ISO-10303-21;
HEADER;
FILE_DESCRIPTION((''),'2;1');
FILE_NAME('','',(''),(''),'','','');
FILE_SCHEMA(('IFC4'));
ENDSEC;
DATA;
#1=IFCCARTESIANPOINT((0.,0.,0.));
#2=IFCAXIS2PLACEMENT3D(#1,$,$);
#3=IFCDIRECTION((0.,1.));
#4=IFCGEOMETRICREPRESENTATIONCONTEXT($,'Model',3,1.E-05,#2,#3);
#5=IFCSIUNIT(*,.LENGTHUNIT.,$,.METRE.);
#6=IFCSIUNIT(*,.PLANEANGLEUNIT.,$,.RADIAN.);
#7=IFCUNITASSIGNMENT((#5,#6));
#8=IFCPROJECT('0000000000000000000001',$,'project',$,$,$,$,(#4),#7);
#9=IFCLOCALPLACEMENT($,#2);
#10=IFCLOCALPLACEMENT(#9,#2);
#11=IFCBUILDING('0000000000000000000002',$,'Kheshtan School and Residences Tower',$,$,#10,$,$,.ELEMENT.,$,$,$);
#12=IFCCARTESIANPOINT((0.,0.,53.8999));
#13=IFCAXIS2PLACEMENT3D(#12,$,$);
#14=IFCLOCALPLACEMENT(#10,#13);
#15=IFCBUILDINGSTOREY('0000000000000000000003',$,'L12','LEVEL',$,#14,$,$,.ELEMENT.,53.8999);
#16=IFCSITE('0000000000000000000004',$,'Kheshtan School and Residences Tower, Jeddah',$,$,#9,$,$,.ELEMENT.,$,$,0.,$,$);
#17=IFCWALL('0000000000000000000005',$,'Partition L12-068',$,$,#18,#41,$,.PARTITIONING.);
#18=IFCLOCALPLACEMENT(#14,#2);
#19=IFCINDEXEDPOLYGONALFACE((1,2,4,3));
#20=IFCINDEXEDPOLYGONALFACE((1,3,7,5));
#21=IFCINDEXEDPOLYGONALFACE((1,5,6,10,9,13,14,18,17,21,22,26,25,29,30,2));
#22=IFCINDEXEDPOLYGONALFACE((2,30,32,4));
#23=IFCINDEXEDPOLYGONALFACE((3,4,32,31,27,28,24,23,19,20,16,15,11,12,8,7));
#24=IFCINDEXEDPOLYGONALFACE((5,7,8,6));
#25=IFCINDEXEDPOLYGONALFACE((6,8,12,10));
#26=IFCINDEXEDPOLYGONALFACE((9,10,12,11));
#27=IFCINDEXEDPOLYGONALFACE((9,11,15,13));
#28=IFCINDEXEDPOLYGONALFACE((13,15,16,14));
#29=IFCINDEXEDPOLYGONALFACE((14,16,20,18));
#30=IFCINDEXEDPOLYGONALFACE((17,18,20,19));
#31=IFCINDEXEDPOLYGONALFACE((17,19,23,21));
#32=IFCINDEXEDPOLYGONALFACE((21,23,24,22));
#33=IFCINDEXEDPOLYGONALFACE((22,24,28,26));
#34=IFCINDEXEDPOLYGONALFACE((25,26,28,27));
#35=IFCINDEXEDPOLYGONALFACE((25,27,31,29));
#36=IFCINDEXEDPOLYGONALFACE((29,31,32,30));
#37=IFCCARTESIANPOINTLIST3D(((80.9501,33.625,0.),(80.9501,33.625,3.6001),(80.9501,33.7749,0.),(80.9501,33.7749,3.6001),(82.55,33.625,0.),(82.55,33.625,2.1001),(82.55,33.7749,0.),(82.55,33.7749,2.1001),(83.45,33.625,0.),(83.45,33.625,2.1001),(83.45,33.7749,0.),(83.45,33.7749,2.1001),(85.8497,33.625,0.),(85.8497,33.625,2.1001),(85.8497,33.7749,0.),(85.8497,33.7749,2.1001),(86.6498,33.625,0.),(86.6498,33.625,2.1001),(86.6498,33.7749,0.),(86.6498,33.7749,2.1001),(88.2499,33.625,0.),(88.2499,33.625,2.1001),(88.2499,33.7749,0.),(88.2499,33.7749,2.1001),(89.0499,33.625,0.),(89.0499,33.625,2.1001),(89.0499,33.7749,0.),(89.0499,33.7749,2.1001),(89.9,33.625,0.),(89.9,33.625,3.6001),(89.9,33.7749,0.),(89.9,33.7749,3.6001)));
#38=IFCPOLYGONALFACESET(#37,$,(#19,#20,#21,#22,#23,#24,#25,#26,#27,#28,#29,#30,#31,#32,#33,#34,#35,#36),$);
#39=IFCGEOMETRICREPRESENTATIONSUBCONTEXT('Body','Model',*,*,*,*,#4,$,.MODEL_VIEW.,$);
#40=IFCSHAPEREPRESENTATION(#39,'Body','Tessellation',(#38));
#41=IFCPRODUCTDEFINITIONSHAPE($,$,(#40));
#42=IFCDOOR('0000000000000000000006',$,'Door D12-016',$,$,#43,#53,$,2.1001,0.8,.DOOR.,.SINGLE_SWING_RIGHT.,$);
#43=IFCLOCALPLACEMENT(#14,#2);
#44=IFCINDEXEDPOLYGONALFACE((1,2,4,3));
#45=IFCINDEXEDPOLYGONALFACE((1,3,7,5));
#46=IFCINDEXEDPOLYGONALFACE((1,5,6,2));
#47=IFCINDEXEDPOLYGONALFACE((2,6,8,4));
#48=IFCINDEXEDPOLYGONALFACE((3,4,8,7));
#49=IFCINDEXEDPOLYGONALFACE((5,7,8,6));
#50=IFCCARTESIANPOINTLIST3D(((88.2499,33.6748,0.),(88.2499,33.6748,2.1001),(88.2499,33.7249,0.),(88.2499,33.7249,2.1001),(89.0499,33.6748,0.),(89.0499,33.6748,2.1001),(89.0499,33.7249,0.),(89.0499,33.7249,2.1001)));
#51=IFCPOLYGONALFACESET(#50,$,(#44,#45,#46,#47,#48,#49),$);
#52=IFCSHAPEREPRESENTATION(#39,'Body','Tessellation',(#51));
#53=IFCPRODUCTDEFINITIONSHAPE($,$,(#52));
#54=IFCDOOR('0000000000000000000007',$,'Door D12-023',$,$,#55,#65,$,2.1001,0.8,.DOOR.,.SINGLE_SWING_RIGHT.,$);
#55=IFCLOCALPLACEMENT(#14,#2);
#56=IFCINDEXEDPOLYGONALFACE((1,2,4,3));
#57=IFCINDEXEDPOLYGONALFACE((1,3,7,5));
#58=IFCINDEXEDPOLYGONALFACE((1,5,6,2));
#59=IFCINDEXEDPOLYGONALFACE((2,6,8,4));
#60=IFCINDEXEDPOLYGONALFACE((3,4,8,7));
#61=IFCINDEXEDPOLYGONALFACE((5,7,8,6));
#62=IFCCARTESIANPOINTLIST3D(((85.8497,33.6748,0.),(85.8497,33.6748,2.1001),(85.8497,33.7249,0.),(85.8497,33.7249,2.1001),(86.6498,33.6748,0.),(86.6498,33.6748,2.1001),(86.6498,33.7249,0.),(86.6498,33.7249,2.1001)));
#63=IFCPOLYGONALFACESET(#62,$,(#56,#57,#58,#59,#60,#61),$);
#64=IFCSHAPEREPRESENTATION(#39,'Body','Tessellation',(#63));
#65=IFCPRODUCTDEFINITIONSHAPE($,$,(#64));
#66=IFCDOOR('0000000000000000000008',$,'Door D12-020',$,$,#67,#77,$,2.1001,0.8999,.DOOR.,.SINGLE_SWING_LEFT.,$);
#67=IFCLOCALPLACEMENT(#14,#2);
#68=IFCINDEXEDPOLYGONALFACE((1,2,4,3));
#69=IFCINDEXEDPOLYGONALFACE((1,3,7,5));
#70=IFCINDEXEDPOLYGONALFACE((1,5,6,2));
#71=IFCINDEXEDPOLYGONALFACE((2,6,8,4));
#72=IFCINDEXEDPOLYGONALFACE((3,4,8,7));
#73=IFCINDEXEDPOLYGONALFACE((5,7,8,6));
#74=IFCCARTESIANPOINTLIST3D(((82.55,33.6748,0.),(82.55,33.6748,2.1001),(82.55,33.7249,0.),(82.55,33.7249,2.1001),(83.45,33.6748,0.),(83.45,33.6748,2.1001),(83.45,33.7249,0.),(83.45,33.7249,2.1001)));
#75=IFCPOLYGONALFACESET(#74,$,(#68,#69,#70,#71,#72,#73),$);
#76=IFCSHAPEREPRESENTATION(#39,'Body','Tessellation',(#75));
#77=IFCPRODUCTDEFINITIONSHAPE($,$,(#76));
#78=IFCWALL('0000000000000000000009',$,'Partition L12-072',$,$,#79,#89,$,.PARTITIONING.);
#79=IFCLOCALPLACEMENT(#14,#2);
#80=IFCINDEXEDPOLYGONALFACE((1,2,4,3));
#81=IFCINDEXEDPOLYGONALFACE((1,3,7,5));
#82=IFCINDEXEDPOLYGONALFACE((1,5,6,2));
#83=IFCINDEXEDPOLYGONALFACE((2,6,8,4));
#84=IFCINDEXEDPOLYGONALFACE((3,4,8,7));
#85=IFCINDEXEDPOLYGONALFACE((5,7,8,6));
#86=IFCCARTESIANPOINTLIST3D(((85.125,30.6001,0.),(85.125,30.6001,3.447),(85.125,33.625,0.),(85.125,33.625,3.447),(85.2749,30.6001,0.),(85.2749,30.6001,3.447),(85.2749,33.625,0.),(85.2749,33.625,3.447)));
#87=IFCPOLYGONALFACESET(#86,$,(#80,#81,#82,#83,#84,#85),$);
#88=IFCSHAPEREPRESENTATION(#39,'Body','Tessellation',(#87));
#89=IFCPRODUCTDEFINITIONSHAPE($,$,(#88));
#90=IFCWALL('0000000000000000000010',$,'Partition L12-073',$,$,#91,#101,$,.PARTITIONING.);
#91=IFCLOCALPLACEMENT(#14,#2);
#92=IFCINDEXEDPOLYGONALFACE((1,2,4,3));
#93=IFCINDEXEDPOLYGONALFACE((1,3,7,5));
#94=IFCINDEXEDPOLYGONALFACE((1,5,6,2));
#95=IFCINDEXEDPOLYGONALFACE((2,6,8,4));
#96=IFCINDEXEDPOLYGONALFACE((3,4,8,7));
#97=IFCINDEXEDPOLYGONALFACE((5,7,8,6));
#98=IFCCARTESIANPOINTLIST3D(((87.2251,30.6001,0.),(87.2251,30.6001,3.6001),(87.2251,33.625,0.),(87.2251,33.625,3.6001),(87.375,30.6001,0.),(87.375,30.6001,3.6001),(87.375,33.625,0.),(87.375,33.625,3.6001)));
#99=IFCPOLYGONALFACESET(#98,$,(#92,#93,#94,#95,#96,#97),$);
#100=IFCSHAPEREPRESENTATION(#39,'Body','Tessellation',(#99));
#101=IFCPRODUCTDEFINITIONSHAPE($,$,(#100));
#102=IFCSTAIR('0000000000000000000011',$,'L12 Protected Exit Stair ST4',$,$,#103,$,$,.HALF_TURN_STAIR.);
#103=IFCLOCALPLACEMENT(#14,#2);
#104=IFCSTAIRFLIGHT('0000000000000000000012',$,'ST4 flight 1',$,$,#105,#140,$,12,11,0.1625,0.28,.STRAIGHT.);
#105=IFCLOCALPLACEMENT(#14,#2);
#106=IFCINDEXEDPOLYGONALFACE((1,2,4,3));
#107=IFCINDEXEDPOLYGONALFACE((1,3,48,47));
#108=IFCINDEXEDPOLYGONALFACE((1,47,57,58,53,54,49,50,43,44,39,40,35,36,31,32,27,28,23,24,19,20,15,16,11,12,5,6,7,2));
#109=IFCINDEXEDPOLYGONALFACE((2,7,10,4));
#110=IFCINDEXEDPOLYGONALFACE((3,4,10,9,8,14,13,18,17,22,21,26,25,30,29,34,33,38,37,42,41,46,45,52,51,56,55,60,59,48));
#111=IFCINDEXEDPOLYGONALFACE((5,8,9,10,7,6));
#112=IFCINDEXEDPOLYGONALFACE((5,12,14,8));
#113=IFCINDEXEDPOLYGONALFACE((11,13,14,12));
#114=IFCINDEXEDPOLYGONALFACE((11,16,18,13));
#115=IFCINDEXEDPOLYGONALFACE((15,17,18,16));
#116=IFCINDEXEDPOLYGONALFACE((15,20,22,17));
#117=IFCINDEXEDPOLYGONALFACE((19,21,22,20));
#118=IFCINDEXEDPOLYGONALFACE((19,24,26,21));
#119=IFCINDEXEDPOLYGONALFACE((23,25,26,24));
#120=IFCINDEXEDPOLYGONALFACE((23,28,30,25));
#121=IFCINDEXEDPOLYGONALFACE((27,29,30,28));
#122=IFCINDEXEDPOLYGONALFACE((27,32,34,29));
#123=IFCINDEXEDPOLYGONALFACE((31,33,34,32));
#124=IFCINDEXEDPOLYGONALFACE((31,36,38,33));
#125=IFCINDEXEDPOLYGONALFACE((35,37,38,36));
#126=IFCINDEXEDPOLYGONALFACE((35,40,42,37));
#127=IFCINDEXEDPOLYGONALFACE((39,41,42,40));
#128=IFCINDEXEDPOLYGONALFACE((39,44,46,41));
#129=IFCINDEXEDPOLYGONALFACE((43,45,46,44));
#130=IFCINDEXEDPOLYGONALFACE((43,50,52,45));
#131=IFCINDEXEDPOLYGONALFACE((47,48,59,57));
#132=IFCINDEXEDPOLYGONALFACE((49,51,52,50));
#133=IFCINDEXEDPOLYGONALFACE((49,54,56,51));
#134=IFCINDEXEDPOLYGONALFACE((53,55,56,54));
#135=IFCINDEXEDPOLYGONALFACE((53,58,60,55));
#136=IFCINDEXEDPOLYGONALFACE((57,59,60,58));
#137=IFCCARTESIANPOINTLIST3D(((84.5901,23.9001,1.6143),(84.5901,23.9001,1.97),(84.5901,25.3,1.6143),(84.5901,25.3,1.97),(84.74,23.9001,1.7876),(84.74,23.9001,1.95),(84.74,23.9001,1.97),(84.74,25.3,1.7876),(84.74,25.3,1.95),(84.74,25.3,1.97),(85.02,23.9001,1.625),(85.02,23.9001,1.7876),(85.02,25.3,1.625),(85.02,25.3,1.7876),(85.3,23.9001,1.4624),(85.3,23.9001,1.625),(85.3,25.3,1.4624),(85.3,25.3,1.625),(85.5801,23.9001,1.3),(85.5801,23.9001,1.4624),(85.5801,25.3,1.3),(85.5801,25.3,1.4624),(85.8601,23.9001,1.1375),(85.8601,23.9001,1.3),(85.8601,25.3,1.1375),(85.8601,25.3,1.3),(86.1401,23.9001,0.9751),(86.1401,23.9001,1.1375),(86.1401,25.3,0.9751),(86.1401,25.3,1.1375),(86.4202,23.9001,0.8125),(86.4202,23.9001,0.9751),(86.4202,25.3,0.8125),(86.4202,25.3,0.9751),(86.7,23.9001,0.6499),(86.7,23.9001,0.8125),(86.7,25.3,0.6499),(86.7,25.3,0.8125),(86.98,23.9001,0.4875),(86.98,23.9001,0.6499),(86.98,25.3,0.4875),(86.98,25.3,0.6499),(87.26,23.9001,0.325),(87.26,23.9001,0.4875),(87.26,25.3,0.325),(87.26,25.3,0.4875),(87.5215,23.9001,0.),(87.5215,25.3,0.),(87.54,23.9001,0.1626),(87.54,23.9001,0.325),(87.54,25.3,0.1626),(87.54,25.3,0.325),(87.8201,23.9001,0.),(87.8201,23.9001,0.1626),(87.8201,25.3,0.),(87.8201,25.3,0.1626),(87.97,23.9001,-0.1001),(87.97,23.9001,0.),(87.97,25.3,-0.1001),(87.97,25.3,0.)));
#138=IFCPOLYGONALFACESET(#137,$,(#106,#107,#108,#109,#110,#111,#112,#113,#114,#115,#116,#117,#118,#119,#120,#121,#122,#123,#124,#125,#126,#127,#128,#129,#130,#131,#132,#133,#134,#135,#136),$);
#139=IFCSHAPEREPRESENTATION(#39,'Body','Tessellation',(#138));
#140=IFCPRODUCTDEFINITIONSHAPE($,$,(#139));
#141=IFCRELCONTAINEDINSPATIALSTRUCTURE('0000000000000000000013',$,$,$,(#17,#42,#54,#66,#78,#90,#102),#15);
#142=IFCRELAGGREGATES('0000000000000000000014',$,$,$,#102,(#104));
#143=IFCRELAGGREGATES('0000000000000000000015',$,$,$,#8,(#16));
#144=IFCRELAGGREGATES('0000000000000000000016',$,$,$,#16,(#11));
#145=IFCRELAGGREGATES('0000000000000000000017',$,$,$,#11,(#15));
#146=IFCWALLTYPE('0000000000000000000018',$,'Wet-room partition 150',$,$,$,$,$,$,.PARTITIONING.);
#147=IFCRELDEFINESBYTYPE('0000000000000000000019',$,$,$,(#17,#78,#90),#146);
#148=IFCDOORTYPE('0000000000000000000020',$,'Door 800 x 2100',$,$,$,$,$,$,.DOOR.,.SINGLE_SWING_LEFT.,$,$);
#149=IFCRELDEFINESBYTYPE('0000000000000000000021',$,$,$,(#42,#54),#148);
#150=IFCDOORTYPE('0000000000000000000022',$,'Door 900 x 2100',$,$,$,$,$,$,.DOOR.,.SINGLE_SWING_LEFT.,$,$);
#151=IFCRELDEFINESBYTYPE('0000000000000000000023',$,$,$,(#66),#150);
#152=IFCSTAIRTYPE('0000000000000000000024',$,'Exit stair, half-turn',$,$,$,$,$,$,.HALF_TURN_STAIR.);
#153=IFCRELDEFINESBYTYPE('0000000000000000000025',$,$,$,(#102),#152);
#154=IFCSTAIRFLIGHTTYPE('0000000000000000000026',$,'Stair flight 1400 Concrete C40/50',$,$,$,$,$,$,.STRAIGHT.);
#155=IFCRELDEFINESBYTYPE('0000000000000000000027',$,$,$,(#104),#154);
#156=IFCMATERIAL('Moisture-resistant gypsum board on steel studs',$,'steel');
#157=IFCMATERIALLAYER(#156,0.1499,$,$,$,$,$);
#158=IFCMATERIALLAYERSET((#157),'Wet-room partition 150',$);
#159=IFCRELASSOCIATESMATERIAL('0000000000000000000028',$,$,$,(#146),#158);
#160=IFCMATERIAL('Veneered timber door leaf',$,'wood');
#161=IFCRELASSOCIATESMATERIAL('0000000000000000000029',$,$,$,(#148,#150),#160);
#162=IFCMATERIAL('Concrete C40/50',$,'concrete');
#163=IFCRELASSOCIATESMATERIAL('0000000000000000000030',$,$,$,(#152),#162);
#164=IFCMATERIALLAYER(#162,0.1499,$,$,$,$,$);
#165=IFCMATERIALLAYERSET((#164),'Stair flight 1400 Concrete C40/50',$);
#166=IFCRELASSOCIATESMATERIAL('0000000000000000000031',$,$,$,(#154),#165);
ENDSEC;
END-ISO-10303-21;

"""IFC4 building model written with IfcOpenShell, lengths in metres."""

from ifc_helpers import new_model, si_unit, direction, frame, frame_2d, origin, place, context, subcontext, project, spatial, polyline, rectangle, outline, extrude, source, transform, mapped, material, layer, layer_set, type_object, element, fill, aggregate, save


model = new_model("IFC4")

# Units and contexts
model_context = context("Model", 3, precision=1e-05, world=origin(), true_north=direction((0.0, 1.0)))
body_context = subcontext(model_context, "Body", "Model", "MODEL_VIEW")
ifc_project = project(units=[si_unit("LENGTHUNIT", "METRE"), si_unit("PLANEANGLEUNIT", "RADIAN")], contexts=[model_context])

# Site, building, storey
site_placement = place(None, origin())
site = spatial("IfcSite", under=ifc_project, at=site_placement, Name="Kheshtan School and Residences Tower, Jeddah", CompositionType="ELEMENT", RefElevation=0.0)
building_placement = place(site_placement, origin())
building = spatial("IfcBuilding", under=site, at=building_placement, Name="Kheshtan School and Residences Tower", CompositionType="ELEMENT")
storey_placement = place(building_placement, frame((0.0, 0.0, 53.8999)))
storey = spatial("IfcBuildingStorey", under=building, at=storey_placement, Name="L12", Description="LEVEL", CompositionType="ELEMENT", Elevation=53.8999)

# Shared definitions
ifc_material_1 = material(Name="Concrete C40/50", Category="concrete")

# Wall, openings, doors
ifc_material_2 = material(Name="Moisture-resistant gypsum board on steel studs", Category="steel")
ifc_layer_1 = layer(ifc_material_2, 0.1499)
ifc_layer_set_1 = layer_set([ifc_layer_1], Name="Wet-room partition 150")
wall_type_1 = type_object("IfcWallType", Name="Wet-room partition 150", PredefinedType="PARTITIONING", material=ifc_layer_set_1)
wall_1_placement = place(storey_placement, frame((80.95, 33.7, 0.0), z_axis=(0.0, 0.0, 1.0), x_axis=(1.0, 0.0, 0.0)))
wall_1 = element("IfcWall", 1, at=wall_1_placement, inside=storey, type_object=wall_type_1, Name="Partition L12-068", PredefinedType="PARTITIONING", context=body_context, shape_type="SweptSolid", body=[
    extrude(rectangle(XDim=8.95, YDim=0.1499, at=frame_2d((4.4751, 0.0))), origin(), (0.0, 0.0, 1.0), 3.6001),
])
opening_1_placement = place(wall_1_placement, frame((7.3, 0.0, 0.0)))
opening_1 = element("IfcOpeningElement", 2, at=opening_1_placement, cuts=wall_1, PredefinedType="OPENING", context=body_context, shape_type="SweptSolid", body=[
    extrude(rectangle(XDim=0.8, YDim=2.1001, at=frame_2d((0.3999, 1.05))), frame((0.0, 0.085, 0.0), z_axis=(0.0, -1.0, 0.0), x_axis=(1.0, 0.0, 0.0)), (0.0, 0.0, 1.0), 0.1699),
])
opening_2_placement = place(wall_1_placement, frame((1.6001, 0.0, 0.0)))
opening_2 = element("IfcOpeningElement", 3, at=opening_2_placement, cuts=wall_1, PredefinedType="OPENING", context=body_context, shape_type="SweptSolid", body=[
    extrude(rectangle(XDim=0.8999, YDim=2.1001, at=frame_2d((0.45, 1.05))), frame((0.0, 0.085, 0.0), z_axis=(0.0, -1.0, 0.0), x_axis=(1.0, 0.0, 0.0)), (0.0, 0.0, 1.0), 0.1699),
])
opening_3_placement = place(wall_1_placement, frame((4.8999, 0.0, 0.0)))
opening_3 = element("IfcOpeningElement", 4, at=opening_3_placement, cuts=wall_1, PredefinedType="OPENING", context=body_context, shape_type="SweptSolid", body=[
    extrude(rectangle(XDim=0.8, YDim=2.1001, at=frame_2d((0.3999, 1.05))), frame((0.0, 0.085, 0.0), z_axis=(0.0, -1.0, 0.0), x_axis=(1.0, 0.0, 0.0)), (0.0, 0.0, 1.0), 0.1699),
])
ifc_material_3 = material(Name="Veneered timber door leaf", Category="wood")
door_type_1 = type_object("IfcDoorType", Name="Door 800 x 2100", OperationType="SINGLE_SWING_LEFT", PredefinedType="DOOR", material=ifc_material_3)
shared_shape_1 = source(origin(), body_context, "Body", "SweptSolid", [
    extrude(rectangle(XDim=0.8, YDim=2.1001, at=frame_2d((0.3999, 1.05))), frame((0.0, 0.0249, 0.0), z_axis=(0.0, -1.0, 0.0), x_axis=(1.0, 0.0, 0.0)), (0.0, 0.0, 1.0), 0.05),
])
door_1_placement = place(opening_1_placement, origin())
door_1 = element("IfcDoor", 5, at=door_1_placement, inside=storey, type_object=door_type_1, Name="Door D12-016", OperationType="SINGLE_SWING_RIGHT", OverallHeight=2.1001, OverallWidth=0.8, PredefinedType="DOOR", context=body_context, shape_type="MappedRepresentation", body=[
    mapped(shared_shape_1, transform((0.0, 0.0, 0.0), x_axis=(1.0, 0.0, 0.0), y_axis=(0.0, 1.0, 0.0), z_axis=(0.0, 0.0, 1.0), scale=1.0)),
])
fill(opening_1, door_1)
door_2_placement = place(opening_3_placement, origin())
door_2 = element("IfcDoor", 6, at=door_2_placement, inside=storey, type_object=door_type_1, Name="Door D12-023", OperationType="SINGLE_SWING_RIGHT", OverallHeight=2.1001, OverallWidth=0.8, PredefinedType="DOOR", context=body_context, shape_type="MappedRepresentation", body=[
    mapped(shared_shape_1, transform((0.0, 0.0, 0.0), x_axis=(1.0, 0.0, 0.0), y_axis=(0.0, 1.0, 0.0), z_axis=(0.0, 0.0, 1.0), scale=1.0)),
])
fill(opening_3, door_2)
door_type_2 = type_object("IfcDoorType", Name="Door 900 x 2100", OperationType="SINGLE_SWING_LEFT", PredefinedType="DOOR", material=ifc_material_3)
shared_shape_2 = source(origin(), body_context, "Body", "SweptSolid", [
    extrude(rectangle(XDim=0.8999, YDim=2.1001, at=frame_2d((0.45, 1.05))), frame((0.0, 0.0249, 0.0), z_axis=(0.0, -1.0, 0.0), x_axis=(1.0, 0.0, 0.0)), (0.0, 0.0, 1.0), 0.05),
])
door_3_placement = place(opening_2_placement, origin())
door_3 = element("IfcDoor", 7, at=door_3_placement, inside=storey, type_object=door_type_2, Name="Door D12-020", OperationType="SINGLE_SWING_LEFT", OverallHeight=2.1001, OverallWidth=0.8999, PredefinedType="DOOR", context=body_context, shape_type="MappedRepresentation", body=[
    mapped(shared_shape_2, transform((0.0, 0.0, 0.0), x_axis=(1.0, 0.0, 0.0), y_axis=(0.0, 1.0, 0.0), z_axis=(0.0, 0.0, 1.0), scale=1.0)),
])
fill(opening_2, door_3)

# Walls
wall_2_placement = place(storey_placement, frame((85.2, 30.6001, 0.0), z_axis=(0.0, 0.0, 1.0), x_axis=(0.0, 1.0, 0.0)))
element("IfcWall", 8, at=wall_2_placement, inside=storey, type_object=wall_type_1, Name="Partition L12-072", PredefinedType="PARTITIONING", context=body_context, shape_type="SweptSolid", body=[
    extrude(rectangle(XDim=3.0249, YDim=0.1499, at=frame_2d((1.5125, 0.0))), origin(), (0.0, 0.0, 1.0), 3.447),
])
wall_3_placement = place(storey_placement, frame((87.3, 30.6001, 0.0), z_axis=(0.0, 0.0, 1.0), x_axis=(0.0, 1.0, 0.0)))
element("IfcWall", 9, at=wall_3_placement, inside=storey, type_object=wall_type_1, Name="Partition L12-073", PredefinedType="PARTITIONING", context=body_context, shape_type="SweptSolid", body=[
    extrude(rectangle(XDim=3.0249, YDim=0.1499, at=frame_2d((1.5125, 0.0))), origin(), (0.0, 0.0, 1.0), 3.6001),
])

# Stair, stair flight
stair_type = type_object("IfcStairType", Name="Exit stair, half-turn", PredefinedType="HALF_TURN_STAIR", material=ifc_material_1)
stair_placement = place(storey_placement, origin())
stair = element("IfcStair", 10, at=stair_placement, inside=storey, type_object=stair_type, Name="L12 Protected Exit Stair ST4", PredefinedType="HALF_TURN_STAIR")
ifc_layer_2 = layer(ifc_material_1, 0.1499)
ifc_layer_set_2 = layer_set([ifc_layer_2], Name="Stair flight 1400 Concrete C40/50")
stair_flight_type = type_object("IfcStairFlightType", Name="Stair flight 1400 Concrete C40/50", PredefinedType="STRAIGHT", material=ifc_layer_set_2)
stair_flight_1_placement = place(storey_placement, frame((87.8201, 24.6001, 0.0), z_axis=(0.0, 0.0, 1.0), x_axis=(-1.0, 0.0, 0.0)))
stair_flight_1 = element("IfcStairFlight", 11, at=stair_flight_1_placement, type_object=stair_flight_type, Name="ST4 flight 1", NumberOfRisers=12, NumberOfTreads=11, PredefinedType="STRAIGHT", RiserHeight=0.1625, TreadLength=0.28, context=body_context, shape_type="SweptSolid", body=[
    extrude(outline(polyline([(-0.1499, -0.1001), (-0.1499, 0.0), (0.0, 0.0), (0.0, 0.1626), (0.28, 0.1626), (0.28, 0.325), (0.5601, 0.325), (0.5601, 0.4875), (0.8401, 0.4875), (0.8401, 0.6499), (1.1201, 0.6499), (1.1201, 0.8125), (1.3999, 0.8125), (1.3999, 0.9751), (1.6799, 0.9751), (1.6799, 1.1375), (1.96, 1.1375), (1.96, 1.3), (2.24, 1.3), (2.24, 1.4624), (2.52, 1.4624), (2.52, 1.625), (2.8, 1.625), (2.8, 1.7876), (3.0801, 1.7876), (3.0801, 1.95), (3.0801, 1.97), (3.23, 1.97), (3.23, 1.6143), (0.2986, 0.0), (-0.1499, -0.1001)])), frame((0.0, 0.7, 0.0), z_axis=(0.0, -1.0, 0.0), x_axis=(1.0, 0.0, 0.0)), (0.0, 0.0, 1.0), 1.3999),
])
aggregate(stair, [stair_flight_1])

save(model, "model.ifc")
